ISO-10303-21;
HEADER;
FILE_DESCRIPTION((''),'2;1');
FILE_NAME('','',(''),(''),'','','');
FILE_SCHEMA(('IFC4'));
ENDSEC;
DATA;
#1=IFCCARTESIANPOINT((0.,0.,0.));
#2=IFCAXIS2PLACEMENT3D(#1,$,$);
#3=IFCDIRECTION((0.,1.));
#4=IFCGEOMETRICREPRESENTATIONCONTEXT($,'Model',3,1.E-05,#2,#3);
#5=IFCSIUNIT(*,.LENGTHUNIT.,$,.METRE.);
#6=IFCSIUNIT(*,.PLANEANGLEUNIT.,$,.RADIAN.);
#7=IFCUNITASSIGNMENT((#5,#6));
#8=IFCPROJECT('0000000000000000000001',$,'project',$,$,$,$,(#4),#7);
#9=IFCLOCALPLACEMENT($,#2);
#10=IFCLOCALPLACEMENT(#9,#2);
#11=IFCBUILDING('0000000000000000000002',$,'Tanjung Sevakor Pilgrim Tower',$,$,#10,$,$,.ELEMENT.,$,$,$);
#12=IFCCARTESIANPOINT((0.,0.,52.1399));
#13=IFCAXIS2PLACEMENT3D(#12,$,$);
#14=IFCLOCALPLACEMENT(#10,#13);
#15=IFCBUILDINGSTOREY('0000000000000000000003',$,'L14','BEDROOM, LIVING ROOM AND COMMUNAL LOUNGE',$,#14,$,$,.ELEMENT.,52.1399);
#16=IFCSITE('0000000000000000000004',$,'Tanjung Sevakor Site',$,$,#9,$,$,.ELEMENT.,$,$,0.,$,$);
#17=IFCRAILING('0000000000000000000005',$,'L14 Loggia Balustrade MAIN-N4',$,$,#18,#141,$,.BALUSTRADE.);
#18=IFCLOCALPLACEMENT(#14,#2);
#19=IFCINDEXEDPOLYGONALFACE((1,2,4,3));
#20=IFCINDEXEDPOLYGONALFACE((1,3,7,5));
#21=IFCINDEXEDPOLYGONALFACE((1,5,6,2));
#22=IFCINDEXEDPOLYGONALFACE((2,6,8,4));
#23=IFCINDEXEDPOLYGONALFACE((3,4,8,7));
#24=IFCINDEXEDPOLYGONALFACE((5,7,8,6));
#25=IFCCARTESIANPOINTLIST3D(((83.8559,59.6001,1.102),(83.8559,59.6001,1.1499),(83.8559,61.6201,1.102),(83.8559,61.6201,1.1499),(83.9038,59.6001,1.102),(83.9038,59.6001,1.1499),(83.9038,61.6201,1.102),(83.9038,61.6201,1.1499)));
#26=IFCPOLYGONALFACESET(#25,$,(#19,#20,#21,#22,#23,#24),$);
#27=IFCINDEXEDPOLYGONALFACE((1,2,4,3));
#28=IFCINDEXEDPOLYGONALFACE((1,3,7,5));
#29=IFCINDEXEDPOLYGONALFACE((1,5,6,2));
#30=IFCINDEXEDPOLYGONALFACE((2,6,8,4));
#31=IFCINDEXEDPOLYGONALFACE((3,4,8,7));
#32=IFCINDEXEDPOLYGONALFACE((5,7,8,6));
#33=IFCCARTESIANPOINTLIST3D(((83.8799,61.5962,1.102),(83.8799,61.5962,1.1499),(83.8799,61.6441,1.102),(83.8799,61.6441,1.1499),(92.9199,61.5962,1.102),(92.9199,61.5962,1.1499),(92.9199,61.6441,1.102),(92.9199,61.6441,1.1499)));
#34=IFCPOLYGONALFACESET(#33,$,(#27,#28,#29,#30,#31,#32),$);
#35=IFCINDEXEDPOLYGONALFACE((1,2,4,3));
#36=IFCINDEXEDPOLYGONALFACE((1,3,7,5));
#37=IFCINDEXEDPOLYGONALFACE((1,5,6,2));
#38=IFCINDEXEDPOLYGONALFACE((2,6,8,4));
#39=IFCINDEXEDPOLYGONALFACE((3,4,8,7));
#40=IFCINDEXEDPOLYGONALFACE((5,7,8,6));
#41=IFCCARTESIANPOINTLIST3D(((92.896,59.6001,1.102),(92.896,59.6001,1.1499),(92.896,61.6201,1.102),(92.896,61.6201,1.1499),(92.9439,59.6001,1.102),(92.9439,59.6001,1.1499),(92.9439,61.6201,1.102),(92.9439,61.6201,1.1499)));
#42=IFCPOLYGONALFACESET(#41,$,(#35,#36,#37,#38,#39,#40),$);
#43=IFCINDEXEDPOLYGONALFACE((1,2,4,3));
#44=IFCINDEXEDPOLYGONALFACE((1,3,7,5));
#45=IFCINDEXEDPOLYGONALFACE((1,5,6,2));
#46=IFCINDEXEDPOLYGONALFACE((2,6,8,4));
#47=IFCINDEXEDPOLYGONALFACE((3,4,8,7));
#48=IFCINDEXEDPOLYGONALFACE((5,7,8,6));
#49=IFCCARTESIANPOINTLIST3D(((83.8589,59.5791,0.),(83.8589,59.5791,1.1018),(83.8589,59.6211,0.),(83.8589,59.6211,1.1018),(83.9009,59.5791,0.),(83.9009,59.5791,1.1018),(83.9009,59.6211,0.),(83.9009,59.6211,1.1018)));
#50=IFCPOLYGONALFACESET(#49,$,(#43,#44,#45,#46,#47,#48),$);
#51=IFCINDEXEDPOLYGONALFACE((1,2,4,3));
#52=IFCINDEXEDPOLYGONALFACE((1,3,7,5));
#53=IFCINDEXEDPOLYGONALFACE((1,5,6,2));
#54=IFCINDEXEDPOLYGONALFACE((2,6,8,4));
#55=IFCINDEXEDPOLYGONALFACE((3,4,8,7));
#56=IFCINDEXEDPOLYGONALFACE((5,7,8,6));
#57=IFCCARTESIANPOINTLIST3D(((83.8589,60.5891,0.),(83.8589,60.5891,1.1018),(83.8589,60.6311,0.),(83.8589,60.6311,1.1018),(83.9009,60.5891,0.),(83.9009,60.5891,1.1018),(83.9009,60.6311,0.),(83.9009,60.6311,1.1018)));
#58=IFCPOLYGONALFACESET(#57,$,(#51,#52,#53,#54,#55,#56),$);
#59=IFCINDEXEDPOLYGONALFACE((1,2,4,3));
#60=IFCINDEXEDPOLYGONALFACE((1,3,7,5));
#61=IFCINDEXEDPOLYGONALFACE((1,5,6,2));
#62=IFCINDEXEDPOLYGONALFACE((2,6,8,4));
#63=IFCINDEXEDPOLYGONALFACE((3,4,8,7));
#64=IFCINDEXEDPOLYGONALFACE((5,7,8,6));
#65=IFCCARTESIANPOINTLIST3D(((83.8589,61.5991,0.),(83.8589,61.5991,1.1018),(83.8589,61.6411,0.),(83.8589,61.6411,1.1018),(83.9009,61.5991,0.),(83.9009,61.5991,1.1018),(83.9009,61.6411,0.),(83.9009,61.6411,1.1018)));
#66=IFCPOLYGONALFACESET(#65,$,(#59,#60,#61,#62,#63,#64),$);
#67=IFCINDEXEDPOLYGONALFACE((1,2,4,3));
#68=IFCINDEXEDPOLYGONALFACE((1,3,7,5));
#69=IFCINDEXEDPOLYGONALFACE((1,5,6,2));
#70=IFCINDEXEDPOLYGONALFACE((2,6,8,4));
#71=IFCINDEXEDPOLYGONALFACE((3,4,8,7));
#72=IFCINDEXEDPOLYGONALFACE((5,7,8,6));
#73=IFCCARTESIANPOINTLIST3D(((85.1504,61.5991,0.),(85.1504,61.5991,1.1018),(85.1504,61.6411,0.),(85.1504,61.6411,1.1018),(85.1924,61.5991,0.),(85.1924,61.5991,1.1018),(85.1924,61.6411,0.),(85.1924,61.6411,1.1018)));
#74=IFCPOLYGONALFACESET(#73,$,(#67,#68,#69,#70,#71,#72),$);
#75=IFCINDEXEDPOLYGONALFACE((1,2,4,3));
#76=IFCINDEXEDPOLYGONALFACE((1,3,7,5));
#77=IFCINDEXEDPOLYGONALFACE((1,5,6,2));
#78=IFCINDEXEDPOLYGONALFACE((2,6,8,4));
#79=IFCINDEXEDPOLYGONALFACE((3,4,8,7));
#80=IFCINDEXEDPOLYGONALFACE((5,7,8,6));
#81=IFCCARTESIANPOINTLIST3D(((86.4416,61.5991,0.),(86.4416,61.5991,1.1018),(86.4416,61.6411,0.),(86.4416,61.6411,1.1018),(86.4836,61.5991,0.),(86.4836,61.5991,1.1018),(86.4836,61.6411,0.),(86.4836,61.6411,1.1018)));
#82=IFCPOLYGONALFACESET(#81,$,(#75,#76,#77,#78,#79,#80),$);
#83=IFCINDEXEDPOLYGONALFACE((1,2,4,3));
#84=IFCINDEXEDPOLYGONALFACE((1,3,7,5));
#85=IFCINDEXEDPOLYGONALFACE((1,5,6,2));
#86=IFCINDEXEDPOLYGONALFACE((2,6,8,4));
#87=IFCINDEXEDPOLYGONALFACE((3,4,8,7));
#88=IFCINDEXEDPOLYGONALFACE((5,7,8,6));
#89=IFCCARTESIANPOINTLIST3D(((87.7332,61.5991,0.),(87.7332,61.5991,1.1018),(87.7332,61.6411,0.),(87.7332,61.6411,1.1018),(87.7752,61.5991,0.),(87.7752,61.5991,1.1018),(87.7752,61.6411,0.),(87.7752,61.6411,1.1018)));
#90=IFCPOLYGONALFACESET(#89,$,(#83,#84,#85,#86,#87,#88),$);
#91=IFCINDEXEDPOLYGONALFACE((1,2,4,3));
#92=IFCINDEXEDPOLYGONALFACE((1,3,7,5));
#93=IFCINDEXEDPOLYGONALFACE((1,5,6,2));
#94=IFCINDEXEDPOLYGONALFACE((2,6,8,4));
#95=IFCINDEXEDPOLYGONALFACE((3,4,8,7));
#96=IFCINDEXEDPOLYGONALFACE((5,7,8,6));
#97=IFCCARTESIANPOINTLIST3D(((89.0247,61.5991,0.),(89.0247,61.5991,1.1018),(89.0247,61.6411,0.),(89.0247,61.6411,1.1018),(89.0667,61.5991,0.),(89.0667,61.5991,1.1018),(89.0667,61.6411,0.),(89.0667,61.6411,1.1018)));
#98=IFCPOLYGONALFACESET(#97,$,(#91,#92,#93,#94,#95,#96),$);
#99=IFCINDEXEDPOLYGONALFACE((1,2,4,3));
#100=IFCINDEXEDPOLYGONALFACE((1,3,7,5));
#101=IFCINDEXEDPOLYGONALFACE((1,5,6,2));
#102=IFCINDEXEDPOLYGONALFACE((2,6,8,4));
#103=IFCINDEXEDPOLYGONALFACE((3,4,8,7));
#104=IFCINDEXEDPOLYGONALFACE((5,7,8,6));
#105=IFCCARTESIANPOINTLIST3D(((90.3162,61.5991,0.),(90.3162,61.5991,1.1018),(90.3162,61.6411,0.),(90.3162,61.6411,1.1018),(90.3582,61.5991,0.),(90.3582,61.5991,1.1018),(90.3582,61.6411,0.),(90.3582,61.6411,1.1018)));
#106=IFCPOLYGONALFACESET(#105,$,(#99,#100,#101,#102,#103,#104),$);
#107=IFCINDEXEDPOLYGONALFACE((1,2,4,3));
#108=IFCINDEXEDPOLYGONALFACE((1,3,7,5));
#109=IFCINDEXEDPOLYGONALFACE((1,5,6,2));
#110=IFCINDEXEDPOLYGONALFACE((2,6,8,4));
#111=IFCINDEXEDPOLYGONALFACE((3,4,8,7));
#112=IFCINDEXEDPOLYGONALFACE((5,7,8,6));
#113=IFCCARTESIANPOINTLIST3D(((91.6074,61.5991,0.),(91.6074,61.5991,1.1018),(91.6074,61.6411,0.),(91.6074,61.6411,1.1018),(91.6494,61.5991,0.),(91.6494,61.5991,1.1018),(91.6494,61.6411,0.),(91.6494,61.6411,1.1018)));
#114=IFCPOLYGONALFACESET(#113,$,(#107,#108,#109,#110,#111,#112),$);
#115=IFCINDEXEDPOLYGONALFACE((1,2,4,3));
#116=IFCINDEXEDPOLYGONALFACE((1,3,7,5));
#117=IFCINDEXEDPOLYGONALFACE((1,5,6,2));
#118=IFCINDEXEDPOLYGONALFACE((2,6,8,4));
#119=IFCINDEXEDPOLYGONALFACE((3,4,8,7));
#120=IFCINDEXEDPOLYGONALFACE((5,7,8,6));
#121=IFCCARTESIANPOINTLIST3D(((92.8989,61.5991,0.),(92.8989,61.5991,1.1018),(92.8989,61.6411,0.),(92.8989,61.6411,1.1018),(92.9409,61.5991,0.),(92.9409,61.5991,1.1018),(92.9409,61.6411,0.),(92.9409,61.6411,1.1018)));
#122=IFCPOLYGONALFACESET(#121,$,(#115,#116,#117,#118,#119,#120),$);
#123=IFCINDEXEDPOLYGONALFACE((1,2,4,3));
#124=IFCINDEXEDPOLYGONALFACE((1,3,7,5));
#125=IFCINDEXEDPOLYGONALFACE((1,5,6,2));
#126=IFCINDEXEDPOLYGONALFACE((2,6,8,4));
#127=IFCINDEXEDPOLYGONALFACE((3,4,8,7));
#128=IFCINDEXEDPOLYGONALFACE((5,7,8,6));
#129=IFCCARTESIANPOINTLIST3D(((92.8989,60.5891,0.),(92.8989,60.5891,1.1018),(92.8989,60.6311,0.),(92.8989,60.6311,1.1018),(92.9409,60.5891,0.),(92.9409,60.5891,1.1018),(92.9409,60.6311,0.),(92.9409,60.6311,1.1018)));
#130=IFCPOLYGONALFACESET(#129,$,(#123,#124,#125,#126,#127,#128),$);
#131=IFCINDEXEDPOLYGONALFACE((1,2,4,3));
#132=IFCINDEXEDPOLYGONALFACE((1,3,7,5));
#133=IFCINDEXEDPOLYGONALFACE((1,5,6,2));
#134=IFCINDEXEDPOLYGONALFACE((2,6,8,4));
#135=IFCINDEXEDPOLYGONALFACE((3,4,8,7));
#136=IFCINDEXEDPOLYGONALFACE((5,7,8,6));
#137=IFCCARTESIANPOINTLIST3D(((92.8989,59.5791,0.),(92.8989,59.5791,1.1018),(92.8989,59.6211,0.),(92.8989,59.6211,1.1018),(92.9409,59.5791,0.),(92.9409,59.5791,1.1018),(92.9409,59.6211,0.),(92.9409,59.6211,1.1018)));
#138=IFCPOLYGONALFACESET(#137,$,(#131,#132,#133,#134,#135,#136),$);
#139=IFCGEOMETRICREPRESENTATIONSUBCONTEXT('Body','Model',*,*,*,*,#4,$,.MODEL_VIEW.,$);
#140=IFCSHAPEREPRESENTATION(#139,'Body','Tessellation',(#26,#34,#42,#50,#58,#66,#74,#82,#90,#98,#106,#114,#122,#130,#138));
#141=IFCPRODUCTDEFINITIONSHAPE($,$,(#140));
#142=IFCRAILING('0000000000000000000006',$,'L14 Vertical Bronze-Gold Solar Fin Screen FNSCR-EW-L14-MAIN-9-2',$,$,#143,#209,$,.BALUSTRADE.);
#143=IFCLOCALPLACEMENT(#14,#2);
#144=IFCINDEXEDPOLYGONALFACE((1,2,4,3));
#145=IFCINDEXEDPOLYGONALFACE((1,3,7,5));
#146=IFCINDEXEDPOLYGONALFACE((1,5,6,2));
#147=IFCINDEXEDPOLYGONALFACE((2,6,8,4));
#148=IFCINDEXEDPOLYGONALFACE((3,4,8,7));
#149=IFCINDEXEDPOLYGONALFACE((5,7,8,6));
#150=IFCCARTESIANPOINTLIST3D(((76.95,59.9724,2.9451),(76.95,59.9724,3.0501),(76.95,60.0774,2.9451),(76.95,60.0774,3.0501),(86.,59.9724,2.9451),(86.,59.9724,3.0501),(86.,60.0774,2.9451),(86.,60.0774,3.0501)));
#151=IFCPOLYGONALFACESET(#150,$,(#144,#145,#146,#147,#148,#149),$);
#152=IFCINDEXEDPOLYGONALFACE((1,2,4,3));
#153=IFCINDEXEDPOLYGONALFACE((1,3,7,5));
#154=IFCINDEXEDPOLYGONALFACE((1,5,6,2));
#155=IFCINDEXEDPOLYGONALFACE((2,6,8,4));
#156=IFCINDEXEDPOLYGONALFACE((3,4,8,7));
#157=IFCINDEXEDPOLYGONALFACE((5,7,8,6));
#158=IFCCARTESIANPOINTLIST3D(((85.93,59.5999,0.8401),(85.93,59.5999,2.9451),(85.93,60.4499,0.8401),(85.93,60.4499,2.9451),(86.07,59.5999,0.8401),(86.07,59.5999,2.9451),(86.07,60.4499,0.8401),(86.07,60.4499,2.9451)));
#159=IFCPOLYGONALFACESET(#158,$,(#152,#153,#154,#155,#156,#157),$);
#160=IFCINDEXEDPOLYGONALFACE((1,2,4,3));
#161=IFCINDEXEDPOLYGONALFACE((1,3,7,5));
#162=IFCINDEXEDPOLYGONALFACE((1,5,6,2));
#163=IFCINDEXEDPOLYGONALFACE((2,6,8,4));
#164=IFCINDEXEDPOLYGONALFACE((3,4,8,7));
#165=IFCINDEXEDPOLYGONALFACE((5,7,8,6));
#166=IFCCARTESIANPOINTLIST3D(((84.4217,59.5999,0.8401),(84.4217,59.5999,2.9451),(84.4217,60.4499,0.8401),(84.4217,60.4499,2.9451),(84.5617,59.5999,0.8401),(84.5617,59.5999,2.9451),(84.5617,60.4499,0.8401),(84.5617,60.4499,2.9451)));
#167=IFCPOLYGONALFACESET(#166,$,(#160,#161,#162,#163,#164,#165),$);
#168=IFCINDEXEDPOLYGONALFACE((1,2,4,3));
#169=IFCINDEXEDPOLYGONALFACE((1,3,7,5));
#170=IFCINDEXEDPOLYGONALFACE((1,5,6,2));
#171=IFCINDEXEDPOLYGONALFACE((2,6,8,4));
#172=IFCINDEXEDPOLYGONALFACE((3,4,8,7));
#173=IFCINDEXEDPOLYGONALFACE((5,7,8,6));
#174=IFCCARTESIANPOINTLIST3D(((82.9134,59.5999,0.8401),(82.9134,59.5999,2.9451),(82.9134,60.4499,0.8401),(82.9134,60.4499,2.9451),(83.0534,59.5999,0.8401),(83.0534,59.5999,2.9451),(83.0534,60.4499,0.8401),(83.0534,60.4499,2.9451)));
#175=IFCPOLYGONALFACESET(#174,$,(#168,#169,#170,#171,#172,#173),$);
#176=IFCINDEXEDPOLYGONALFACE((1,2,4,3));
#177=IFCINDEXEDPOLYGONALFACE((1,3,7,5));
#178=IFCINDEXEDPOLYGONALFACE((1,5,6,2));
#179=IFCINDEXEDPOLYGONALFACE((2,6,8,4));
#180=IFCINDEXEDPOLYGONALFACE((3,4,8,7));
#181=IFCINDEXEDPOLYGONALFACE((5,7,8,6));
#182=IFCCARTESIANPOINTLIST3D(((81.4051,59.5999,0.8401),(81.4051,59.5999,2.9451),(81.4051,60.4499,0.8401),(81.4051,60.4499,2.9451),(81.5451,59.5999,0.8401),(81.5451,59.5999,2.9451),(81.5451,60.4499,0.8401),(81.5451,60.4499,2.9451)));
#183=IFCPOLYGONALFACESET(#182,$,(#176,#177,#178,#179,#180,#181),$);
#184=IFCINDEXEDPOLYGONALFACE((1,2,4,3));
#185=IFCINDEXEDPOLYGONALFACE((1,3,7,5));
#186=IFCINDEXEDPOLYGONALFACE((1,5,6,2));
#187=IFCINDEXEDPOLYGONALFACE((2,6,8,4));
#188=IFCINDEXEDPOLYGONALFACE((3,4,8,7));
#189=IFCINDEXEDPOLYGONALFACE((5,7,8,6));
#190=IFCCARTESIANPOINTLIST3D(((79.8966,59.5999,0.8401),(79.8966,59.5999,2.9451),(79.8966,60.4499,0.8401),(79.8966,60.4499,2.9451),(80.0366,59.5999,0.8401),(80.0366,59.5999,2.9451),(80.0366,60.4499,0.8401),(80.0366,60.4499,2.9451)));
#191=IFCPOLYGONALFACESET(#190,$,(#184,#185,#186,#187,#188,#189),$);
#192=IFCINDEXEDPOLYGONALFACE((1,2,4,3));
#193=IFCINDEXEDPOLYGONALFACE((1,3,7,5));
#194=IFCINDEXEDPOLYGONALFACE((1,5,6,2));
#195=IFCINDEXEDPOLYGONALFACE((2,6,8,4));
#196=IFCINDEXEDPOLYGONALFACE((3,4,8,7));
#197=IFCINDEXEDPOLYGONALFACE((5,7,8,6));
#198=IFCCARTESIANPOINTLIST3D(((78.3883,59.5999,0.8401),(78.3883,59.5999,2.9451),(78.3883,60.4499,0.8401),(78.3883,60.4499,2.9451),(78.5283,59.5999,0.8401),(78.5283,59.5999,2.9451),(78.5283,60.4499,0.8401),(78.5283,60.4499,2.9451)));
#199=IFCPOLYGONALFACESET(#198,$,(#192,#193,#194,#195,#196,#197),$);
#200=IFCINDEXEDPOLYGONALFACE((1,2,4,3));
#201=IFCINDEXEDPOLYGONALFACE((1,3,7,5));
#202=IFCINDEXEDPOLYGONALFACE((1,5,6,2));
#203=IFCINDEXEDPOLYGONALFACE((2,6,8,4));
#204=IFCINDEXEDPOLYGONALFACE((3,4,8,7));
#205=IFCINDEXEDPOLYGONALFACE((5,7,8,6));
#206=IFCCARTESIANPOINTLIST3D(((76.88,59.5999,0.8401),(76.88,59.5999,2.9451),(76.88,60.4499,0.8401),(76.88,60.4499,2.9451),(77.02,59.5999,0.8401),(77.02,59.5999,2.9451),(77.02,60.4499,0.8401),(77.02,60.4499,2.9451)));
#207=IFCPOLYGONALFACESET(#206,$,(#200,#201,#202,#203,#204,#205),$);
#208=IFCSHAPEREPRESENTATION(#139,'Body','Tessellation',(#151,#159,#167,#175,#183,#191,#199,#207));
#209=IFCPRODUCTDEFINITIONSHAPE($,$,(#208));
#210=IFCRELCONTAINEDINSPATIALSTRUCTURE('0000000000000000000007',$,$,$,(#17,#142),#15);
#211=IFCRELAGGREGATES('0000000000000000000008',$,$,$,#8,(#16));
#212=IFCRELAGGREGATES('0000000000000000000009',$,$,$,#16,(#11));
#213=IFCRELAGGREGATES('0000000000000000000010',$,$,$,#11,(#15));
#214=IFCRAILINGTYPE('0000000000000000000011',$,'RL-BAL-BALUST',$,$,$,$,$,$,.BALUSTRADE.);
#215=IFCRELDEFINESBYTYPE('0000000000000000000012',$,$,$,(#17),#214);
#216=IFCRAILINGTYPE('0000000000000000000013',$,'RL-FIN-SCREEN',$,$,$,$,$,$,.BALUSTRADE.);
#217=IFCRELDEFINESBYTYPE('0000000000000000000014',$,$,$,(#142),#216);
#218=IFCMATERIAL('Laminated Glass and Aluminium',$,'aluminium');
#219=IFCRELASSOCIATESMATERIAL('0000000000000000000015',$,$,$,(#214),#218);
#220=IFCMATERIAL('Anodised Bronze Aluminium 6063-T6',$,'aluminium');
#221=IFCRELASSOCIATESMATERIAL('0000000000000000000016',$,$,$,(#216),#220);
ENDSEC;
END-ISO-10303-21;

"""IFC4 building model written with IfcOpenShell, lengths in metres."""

from ifc_helpers import new_model, si_unit, direction, frame, origin, place, context, subcontext, project, spatial, rectangle, extrude, material, type_object, element, save


model = new_model("IFC4")

# Units and contexts
model_context = context("Model", 3, precision=1e-05, world=origin(), true_north=direction((0.0, 1.0)))
body_context = subcontext(model_context, "Body", "Model", "MODEL_VIEW")
ifc_project = project(units=[si_unit("LENGTHUNIT", "METRE"), si_unit("PLANEANGLEUNIT", "RADIAN")], contexts=[model_context])

# Site, building, storey
site_placement = place(None, origin())
site = spatial("IfcSite", under=ifc_project, at=site_placement, Name="Tanjung Sevakor Site", CompositionType="ELEMENT", RefElevation=0.0)
building_placement = place(site_placement, origin())
building = spatial("IfcBuilding", under=site, at=building_placement, Name="Tanjung Sevakor Pilgrim Tower", CompositionType="ELEMENT")
storey_placement = place(building_placement, frame((0.0, 0.0, 52.1399)))
storey = spatial("IfcBuildingStorey", under=building, at=storey_placement, Name="L14", Description="BEDROOM, LIVING ROOM AND COMMUNAL LOUNGE", CompositionType="ELEMENT", Elevation=52.1399)

# Railings
ifc_material_1 = material(Name="Laminated Glass and Aluminium", Category="aluminium")
railing_type_1 = type_object("IfcRailingType", Name="RL-BAL-BALUST", PredefinedType="BALUSTRADE", material=ifc_material_1)
railing_1_placement = place(storey_placement, frame((83.8799, 59.6001, 0.0)))
element("IfcRailing", 1, at=railing_1_placement, inside=storey, type_object=railing_type_1, Name="L14 Loggia Balustrade MAIN-N4", PredefinedType="BALUSTRADE", context=body_context, shape_type="SweptSolid", body=[
    extrude(rectangle(XDim=0.0479, YDim=0.0479), frame((0.0, 0.0, 1.126), z_axis=(0.0, 1.0, 0.0), x_axis=(-1.0, 0.0, 0.0)), (0.0, 0.0, 1.0), 2.02),
    extrude(rectangle(XDim=0.0479, YDim=0.0479), frame((0.0, 2.02, 1.126), z_axis=(1.0, 0.0, 0.0), x_axis=(0.0, 1.0, 0.0)), (0.0, 0.0, 1.0), 9.04),
    extrude(rectangle(XDim=0.0479, YDim=0.0479), frame((9.04, 2.02, 1.126), z_axis=(0.0, -1.0, 0.0), x_axis=(1.0, 0.0, 0.0)), (0.0, 0.0, 1.0), 2.02),
    extrude(rectangle(XDim=0.042, YDim=0.042), origin(), (0.0, 0.0, 1.0), 1.1018),
    extrude(rectangle(XDim=0.042, YDim=0.042), frame((0.0, 1.01, 0.0)), (0.0, 0.0, 1.0), 1.1018),
    extrude(rectangle(XDim=0.042, YDim=0.042), frame((0.0, 2.02, 0.0)), (0.0, 0.0, 1.0), 1.1018),
    extrude(rectangle(XDim=0.042, YDim=0.042), frame((1.2915, 2.02, 0.0)), (0.0, 0.0, 1.0), 1.1018),
    extrude(rectangle(XDim=0.042, YDim=0.042), frame((2.5828, 2.02, 0.0)), (0.0, 0.0, 1.0), 1.1018),
    extrude(rectangle(XDim=0.042, YDim=0.042), frame((3.8743, 2.02, 0.0)), (0.0, 0.0, 1.0), 1.1018),
    extrude(rectangle(XDim=0.042, YDim=0.042), frame((5.1658, 2.02, 0.0)), (0.0, 0.0, 1.0), 1.1018),
    extrude(rectangle(XDim=0.042, YDim=0.042), frame((6.4573, 2.02, 0.0)), (0.0, 0.0, 1.0), 1.1018),
    extrude(rectangle(XDim=0.042, YDim=0.042), frame((7.7485, 2.02, 0.0)), (0.0, 0.0, 1.0), 1.1018),
    extrude(rectangle(XDim=0.042, YDim=0.042), frame((9.04, 2.02, 0.0)), (0.0, 0.0, 1.0), 1.1018),
    extrude(rectangle(XDim=0.042, YDim=0.042), frame((9.04, 1.01, 0.0)), (0.0, 0.0, 1.0), 1.1018),
    extrude(rectangle(XDim=0.042, YDim=0.042), frame((9.04, 0.0, 0.0)), (0.0, 0.0, 1.0), 1.1018),
])
ifc_material_2 = material(Name="Anodised Bronze Aluminium 6063-T6", Category="aluminium")
railing_type_2 = type_object("IfcRailingType", Name="RL-FIN-SCREEN", PredefinedType="BALUSTRADE", material=ifc_material_2)
railing_2_placement = place(storey_placement, frame((86.0, 60.0249, 0.8401)))
element("IfcRailing", 2, at=railing_2_placement, inside=storey, type_object=railing_type_2, Name="L14 Vertical Bronze-Gold Solar Fin Screen FNSCR-EW-L14-MAIN-9-2", PredefinedType="BALUSTRADE", context=body_context, shape_type="SweptSolid", body=[
    extrude(rectangle(XDim=0.105, YDim=0.105), frame((0.0, 0.0, 2.1575), z_axis=(-1.0, 0.0, 0.0), x_axis=(0.0, -1.0, 0.0)), (0.0, 0.0, 1.0), 9.05),
    extrude(rectangle(XDim=0.14, YDim=0.85), origin(), (0.0, 0.0, 1.0), 2.105),
    extrude(rectangle(XDim=0.14, YDim=0.85), frame((-1.5083, 0.0, 0.0)), (0.0, 0.0, 1.0), 2.105),
    extrude(rectangle(XDim=0.14, YDim=0.85), frame((-3.0166, 0.0, 0.0)), (0.0, 0.0, 1.0), 2.105),
    extrude(rectangle(XDim=0.14, YDim=0.85), frame((-4.5249, 0.0, 0.0)), (0.0, 0.0, 1.0), 2.105),
    extrude(rectangle(XDim=0.14, YDim=0.85), frame((-6.0334, 0.0, 0.0)), (0.0, 0.0, 1.0), 2.105),
    extrude(rectangle(XDim=0.14, YDim=0.85), frame((-7.5417, 0.0, 0.0)), (0.0, 0.0, 1.0), 2.105),
    extrude(rectangle(XDim=0.14, YDim=0.85), frame((-9.05, 0.0, 0.0)), (0.0, 0.0, 1.0), 2.105),
])

save(model, "model.ifc")
